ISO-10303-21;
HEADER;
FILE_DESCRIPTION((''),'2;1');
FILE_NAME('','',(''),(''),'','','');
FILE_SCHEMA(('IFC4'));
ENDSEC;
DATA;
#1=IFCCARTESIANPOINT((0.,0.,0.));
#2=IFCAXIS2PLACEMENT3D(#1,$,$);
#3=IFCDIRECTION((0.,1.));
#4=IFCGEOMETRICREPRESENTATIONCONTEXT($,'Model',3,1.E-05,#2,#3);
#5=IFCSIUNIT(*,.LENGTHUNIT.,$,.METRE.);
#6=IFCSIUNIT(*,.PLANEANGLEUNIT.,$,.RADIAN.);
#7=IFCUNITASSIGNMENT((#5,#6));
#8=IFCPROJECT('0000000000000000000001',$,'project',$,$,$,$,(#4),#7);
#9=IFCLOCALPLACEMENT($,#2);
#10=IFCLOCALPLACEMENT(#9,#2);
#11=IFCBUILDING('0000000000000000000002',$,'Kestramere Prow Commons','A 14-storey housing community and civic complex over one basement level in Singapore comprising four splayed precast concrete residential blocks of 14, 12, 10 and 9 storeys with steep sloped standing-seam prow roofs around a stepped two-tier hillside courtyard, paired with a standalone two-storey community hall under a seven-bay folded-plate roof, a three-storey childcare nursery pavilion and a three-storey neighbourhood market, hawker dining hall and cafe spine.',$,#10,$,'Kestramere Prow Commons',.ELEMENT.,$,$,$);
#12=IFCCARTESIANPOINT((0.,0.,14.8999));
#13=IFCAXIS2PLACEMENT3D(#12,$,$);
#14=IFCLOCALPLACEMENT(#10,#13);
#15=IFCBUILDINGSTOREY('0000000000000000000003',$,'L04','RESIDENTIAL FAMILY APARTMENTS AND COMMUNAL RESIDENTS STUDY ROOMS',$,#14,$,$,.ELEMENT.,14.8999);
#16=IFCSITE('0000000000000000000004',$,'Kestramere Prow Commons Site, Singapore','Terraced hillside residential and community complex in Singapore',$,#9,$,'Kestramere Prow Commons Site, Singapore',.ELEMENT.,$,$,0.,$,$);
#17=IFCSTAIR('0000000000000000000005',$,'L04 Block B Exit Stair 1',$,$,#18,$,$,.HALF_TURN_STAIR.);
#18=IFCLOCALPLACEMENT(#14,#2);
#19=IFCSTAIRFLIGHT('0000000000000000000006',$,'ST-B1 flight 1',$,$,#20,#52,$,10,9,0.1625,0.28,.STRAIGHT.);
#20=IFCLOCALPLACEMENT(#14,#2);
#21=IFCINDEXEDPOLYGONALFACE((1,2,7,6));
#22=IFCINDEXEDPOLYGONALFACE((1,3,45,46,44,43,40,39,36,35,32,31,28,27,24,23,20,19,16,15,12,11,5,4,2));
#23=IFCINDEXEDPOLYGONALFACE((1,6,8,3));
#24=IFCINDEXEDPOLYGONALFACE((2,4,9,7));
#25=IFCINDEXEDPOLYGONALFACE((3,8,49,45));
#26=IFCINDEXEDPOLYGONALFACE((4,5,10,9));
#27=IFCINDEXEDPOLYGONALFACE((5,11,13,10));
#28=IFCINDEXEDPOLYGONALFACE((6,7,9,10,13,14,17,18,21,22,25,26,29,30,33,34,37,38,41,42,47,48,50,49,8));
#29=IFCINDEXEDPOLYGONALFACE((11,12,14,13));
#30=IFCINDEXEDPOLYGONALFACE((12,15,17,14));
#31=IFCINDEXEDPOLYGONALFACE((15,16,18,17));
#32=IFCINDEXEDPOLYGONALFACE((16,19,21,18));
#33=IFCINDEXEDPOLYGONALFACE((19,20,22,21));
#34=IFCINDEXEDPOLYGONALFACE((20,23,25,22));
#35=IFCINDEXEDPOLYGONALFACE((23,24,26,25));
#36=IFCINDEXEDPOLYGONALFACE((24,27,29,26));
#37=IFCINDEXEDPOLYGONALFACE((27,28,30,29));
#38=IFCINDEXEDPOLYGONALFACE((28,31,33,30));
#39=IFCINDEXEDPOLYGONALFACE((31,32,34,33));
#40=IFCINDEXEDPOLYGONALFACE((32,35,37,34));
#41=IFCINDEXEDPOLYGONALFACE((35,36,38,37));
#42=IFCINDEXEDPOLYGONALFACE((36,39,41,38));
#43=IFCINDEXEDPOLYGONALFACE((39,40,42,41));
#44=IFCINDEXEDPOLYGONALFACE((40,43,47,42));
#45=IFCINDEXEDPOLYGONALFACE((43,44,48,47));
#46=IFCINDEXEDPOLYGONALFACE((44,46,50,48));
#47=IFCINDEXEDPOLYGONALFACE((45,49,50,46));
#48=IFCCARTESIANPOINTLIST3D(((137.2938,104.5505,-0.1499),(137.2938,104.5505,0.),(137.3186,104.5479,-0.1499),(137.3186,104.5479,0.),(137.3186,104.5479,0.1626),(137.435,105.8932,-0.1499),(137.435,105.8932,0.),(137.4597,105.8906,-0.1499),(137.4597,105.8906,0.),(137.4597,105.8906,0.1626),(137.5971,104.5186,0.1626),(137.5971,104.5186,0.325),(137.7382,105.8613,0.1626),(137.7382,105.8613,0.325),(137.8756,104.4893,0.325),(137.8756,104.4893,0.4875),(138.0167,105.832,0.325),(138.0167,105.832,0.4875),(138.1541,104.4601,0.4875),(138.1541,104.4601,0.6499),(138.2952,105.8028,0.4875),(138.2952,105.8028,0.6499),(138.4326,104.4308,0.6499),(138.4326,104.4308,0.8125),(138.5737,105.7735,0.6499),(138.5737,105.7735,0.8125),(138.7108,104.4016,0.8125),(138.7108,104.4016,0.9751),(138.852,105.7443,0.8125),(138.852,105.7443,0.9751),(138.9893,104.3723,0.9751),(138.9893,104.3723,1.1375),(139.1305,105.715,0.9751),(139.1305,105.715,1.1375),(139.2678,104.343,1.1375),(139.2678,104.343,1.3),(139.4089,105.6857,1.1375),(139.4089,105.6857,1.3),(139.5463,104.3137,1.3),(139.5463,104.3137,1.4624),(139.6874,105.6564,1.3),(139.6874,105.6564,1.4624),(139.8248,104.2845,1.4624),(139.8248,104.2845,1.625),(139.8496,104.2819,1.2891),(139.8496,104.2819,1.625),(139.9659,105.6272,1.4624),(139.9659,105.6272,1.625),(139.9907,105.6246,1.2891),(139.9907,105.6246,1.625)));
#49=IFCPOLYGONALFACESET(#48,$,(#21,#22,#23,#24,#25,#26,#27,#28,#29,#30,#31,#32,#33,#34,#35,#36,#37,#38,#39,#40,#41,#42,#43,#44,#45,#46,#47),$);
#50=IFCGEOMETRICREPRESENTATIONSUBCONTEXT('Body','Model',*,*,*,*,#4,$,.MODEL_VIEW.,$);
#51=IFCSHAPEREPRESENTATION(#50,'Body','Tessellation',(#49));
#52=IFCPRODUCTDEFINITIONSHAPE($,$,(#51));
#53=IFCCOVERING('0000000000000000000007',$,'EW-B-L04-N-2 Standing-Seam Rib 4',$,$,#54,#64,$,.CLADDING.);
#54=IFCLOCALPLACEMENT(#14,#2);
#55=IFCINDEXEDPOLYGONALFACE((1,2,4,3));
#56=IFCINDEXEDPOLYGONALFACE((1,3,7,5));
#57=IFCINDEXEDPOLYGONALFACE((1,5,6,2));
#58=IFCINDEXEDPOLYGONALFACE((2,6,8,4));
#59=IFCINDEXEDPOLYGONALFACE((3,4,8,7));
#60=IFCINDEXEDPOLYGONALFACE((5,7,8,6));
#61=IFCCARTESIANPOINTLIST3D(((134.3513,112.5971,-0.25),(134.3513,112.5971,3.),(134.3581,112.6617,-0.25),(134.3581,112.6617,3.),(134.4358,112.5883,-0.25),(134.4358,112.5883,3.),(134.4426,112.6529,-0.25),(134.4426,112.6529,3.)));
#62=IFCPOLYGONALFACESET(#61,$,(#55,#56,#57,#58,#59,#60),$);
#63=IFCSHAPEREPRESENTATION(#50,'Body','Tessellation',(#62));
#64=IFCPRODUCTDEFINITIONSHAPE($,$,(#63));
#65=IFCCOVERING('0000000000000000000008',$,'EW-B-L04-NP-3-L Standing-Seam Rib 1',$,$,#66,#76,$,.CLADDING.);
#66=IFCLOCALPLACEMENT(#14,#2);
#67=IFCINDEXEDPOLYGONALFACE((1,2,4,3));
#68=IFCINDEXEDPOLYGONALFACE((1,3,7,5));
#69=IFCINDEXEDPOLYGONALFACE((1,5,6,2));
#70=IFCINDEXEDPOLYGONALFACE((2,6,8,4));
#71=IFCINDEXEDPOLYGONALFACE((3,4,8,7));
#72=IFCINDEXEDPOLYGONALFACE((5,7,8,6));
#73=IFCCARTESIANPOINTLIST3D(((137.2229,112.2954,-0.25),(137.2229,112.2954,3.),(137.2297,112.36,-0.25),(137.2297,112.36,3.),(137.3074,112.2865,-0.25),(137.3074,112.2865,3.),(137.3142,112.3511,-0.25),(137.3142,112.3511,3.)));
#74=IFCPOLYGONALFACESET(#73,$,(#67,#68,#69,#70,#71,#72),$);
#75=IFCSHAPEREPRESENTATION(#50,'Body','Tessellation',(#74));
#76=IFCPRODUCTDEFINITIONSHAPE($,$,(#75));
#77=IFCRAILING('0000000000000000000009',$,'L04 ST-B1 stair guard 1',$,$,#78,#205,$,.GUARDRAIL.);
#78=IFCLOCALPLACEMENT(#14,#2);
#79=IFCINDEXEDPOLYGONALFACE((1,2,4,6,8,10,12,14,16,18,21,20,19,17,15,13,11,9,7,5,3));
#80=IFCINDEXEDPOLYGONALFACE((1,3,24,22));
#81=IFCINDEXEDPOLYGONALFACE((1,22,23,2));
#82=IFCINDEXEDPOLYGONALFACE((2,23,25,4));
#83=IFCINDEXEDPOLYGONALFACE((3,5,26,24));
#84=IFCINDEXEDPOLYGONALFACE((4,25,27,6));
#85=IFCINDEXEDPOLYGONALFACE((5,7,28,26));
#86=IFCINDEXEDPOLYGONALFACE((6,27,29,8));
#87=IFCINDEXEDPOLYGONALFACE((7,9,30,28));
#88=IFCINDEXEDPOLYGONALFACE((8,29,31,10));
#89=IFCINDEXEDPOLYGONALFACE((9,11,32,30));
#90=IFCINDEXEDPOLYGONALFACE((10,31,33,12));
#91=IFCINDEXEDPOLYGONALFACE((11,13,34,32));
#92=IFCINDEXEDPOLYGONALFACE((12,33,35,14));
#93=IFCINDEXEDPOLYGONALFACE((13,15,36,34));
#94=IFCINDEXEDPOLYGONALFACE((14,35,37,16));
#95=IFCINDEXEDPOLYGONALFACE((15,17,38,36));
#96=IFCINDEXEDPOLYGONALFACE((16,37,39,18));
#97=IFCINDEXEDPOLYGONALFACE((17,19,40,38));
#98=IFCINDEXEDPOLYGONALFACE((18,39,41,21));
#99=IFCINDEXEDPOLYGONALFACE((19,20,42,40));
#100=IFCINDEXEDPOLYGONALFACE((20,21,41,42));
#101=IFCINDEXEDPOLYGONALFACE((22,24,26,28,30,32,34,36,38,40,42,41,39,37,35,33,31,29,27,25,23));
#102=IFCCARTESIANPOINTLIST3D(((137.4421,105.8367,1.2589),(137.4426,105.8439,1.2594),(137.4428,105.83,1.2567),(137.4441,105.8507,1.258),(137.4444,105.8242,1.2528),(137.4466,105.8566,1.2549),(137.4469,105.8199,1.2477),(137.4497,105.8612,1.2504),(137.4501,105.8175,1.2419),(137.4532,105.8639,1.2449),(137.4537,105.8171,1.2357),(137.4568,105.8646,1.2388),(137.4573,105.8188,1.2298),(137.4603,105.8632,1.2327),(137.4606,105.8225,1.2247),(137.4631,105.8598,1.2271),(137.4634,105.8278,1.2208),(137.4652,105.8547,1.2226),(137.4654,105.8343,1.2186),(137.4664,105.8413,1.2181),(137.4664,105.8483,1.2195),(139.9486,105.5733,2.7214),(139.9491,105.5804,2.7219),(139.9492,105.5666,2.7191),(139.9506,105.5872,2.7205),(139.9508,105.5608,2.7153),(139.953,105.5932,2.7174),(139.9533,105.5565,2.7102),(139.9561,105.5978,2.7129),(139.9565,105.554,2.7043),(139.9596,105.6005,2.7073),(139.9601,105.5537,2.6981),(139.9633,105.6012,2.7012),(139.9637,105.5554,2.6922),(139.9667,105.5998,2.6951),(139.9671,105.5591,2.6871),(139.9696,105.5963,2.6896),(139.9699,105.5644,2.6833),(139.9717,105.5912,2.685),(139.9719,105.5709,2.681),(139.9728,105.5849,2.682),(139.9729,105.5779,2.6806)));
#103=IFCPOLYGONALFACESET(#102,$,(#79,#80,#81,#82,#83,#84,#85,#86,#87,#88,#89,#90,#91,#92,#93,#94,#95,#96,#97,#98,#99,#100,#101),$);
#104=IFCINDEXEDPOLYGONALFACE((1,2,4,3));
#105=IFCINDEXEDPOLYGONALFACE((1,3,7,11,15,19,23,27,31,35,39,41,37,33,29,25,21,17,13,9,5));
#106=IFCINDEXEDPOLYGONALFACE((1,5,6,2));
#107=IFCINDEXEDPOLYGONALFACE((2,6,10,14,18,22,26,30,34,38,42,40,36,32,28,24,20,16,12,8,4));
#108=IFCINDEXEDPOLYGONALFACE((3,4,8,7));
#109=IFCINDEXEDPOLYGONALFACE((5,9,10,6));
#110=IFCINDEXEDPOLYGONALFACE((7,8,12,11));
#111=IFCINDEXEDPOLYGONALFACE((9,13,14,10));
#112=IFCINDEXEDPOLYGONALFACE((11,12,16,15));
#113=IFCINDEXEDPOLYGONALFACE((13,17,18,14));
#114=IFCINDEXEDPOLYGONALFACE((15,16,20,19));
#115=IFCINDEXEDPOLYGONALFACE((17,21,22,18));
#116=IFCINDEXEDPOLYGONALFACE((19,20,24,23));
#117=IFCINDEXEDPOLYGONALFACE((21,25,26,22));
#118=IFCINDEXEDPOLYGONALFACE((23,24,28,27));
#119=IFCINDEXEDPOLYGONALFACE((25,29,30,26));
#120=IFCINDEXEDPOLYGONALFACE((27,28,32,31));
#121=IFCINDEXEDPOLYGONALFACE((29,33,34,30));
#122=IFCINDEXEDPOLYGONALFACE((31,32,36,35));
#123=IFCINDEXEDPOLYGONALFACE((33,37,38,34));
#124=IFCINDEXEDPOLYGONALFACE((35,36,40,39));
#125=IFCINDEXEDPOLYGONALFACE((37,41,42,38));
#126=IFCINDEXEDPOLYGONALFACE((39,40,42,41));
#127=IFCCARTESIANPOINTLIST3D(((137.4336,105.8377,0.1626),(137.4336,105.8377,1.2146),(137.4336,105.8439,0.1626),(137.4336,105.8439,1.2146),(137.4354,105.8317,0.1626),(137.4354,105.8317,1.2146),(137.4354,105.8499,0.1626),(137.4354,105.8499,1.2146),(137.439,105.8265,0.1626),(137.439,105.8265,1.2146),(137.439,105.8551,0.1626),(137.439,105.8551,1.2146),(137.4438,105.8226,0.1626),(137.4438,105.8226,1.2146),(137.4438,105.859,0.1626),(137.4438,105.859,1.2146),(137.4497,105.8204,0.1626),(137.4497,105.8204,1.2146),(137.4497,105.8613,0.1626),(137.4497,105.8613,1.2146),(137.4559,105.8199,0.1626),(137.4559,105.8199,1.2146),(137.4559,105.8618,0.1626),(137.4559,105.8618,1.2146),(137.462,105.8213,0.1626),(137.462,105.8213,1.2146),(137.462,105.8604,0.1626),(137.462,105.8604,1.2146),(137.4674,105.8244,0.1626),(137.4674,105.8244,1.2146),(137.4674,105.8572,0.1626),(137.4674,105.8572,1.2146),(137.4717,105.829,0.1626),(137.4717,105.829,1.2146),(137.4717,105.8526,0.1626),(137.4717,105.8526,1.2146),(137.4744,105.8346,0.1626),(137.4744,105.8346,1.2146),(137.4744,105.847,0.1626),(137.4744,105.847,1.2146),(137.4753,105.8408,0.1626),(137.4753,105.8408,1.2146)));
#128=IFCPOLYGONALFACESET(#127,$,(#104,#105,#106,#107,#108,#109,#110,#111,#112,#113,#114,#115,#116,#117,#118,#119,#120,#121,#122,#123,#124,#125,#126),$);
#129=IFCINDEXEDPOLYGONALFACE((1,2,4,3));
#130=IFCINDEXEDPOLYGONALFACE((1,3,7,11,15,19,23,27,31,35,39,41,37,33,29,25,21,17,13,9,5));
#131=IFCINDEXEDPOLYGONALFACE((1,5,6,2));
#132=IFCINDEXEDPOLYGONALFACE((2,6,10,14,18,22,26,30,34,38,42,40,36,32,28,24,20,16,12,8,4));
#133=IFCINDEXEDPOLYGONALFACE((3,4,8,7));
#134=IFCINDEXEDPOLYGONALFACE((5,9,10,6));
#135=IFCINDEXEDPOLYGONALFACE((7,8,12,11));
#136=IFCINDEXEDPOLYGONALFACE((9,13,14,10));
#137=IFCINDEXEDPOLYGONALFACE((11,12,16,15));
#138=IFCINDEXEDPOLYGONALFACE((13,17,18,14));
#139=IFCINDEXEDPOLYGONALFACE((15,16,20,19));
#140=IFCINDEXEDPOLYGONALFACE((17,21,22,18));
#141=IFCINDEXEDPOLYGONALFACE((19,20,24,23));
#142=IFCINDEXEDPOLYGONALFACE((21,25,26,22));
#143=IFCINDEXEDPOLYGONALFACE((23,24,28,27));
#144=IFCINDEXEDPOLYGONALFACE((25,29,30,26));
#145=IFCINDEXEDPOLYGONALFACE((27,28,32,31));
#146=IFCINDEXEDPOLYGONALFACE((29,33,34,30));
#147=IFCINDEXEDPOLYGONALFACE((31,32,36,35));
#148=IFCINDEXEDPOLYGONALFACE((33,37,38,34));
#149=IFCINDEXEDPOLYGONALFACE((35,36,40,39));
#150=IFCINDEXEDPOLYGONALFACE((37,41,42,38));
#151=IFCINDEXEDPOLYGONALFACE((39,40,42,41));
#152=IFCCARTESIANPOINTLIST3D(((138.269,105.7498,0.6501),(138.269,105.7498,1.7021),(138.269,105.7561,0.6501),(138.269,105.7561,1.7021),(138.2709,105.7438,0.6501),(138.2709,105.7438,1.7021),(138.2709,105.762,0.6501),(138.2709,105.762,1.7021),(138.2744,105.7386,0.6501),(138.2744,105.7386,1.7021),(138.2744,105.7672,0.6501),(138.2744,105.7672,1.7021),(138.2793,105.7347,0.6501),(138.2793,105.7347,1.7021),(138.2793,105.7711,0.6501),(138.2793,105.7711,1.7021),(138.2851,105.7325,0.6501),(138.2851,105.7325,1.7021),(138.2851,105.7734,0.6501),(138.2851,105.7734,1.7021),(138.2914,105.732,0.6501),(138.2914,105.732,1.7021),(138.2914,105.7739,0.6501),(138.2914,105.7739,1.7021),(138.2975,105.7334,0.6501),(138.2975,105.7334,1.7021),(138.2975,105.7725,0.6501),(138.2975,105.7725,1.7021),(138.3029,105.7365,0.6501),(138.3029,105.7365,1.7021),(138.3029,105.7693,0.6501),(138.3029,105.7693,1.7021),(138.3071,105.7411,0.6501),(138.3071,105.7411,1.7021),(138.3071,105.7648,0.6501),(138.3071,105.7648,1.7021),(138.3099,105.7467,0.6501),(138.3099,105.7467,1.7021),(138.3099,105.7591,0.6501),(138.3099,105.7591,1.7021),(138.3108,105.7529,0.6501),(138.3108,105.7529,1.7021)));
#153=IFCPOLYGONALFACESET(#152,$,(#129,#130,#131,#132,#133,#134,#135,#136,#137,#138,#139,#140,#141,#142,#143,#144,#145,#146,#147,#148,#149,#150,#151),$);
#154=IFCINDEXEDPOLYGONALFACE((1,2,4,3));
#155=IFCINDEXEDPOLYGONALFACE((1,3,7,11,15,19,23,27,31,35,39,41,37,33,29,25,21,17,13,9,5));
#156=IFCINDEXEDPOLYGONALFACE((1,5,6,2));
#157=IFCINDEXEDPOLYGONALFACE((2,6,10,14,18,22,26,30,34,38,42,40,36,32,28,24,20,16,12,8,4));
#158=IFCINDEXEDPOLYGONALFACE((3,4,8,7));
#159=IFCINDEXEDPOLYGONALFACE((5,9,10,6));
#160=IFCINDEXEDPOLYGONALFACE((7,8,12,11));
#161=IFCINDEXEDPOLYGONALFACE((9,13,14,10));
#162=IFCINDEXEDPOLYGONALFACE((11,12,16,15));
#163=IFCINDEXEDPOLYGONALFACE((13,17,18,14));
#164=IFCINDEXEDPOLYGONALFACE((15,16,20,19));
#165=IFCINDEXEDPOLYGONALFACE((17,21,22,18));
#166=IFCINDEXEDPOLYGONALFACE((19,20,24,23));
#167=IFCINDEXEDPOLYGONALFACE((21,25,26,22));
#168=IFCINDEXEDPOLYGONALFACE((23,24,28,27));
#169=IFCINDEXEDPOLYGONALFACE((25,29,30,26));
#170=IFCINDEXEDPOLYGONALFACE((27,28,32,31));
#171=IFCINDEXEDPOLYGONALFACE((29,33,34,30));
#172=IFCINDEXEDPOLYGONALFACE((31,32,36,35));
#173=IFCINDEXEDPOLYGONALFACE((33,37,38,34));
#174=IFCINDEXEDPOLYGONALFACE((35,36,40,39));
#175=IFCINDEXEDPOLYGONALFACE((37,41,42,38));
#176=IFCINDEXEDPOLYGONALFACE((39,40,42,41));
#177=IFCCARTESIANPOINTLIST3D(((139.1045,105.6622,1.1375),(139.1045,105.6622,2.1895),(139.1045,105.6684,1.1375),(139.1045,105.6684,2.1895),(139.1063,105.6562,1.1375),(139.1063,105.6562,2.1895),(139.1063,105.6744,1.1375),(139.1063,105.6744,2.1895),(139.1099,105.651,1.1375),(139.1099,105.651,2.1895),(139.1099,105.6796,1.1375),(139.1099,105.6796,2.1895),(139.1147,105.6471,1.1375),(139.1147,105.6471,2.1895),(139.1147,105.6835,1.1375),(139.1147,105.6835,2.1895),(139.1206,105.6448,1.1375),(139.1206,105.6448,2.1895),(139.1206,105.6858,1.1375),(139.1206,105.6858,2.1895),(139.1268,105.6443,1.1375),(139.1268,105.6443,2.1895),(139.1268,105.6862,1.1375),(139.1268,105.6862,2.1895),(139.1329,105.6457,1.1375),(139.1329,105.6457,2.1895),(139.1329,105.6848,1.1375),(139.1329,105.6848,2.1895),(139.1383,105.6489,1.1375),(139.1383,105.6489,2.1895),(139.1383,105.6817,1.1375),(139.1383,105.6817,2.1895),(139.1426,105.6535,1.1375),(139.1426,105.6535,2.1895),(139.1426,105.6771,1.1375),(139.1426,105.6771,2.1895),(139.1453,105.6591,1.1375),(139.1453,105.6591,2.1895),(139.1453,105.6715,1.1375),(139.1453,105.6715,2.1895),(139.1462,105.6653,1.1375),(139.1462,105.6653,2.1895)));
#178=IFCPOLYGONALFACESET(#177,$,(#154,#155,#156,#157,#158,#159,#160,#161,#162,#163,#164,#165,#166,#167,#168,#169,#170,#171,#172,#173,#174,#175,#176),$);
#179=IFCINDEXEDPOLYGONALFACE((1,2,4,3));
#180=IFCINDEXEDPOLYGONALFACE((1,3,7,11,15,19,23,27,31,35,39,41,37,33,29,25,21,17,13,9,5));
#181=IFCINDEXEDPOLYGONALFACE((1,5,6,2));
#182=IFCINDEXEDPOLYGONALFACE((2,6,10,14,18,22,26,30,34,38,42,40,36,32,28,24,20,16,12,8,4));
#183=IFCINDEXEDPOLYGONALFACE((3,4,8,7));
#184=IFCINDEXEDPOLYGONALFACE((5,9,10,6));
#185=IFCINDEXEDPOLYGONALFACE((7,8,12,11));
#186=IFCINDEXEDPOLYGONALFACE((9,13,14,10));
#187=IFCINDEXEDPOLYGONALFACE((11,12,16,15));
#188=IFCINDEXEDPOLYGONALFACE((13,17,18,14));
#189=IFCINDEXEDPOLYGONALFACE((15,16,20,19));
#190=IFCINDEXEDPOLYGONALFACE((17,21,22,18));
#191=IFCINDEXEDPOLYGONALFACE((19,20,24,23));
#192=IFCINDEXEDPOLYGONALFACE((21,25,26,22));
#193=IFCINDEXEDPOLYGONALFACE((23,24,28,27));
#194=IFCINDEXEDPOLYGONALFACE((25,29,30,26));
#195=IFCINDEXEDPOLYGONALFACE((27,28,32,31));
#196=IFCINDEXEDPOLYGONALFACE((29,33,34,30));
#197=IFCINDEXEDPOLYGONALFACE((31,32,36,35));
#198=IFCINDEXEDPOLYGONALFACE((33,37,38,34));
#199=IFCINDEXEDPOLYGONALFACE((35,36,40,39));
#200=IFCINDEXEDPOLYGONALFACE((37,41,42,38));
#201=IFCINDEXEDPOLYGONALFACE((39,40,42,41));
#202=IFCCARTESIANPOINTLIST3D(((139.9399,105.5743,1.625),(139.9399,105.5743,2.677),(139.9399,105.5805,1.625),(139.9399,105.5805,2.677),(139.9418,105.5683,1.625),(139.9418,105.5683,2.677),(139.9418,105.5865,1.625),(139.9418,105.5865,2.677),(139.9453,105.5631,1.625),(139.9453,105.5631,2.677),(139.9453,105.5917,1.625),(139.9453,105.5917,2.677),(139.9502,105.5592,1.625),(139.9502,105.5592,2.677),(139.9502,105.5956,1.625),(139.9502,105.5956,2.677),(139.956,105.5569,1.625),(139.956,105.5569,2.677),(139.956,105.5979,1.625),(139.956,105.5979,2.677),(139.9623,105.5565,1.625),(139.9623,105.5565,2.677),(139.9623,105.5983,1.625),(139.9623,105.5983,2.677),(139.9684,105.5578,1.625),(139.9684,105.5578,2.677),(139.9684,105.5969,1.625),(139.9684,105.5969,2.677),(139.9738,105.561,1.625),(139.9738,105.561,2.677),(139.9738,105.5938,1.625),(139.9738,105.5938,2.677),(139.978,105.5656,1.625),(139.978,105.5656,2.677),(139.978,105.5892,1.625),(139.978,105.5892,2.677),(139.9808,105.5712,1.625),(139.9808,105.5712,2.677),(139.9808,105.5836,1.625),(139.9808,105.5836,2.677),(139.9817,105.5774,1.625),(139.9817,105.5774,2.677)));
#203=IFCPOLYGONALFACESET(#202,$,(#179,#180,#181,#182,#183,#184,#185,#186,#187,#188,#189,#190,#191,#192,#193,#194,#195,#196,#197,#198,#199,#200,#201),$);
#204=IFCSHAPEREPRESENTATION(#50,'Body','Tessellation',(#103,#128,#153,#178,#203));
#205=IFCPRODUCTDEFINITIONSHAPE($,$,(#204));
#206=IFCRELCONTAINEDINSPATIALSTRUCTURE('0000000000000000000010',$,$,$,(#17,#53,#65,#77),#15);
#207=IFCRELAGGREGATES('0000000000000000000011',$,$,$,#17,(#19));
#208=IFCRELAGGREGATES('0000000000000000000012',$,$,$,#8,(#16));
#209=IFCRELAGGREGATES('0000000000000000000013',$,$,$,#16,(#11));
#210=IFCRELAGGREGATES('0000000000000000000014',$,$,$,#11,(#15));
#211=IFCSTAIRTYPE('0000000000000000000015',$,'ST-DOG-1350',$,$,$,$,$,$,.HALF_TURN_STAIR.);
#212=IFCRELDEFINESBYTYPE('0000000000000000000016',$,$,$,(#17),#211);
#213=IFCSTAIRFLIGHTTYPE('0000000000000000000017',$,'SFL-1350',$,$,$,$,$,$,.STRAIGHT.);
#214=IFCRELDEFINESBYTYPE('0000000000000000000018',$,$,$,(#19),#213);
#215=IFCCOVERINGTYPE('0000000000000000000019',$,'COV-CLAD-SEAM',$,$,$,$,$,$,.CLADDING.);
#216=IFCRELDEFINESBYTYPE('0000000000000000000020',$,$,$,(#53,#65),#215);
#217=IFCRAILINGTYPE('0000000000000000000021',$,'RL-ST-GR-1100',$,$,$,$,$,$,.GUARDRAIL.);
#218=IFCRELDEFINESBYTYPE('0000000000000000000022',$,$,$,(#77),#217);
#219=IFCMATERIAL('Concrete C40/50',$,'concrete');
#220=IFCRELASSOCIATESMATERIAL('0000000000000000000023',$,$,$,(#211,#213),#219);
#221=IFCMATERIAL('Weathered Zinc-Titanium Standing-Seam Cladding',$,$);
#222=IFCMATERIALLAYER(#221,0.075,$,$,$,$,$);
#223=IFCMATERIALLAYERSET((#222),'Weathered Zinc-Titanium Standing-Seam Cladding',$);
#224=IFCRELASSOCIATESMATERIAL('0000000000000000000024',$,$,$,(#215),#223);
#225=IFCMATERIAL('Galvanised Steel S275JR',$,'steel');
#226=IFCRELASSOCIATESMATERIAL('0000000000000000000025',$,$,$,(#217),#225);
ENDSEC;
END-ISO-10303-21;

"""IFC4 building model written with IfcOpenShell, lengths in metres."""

from ifc_helpers import new_model, si_unit, direction, frame, origin, origin_2d, place, context, subcontext, project, spatial, polyline, rectangle, circle, outline, extrude, material, layer, layer_set, type_object, element, aggregate, save


model = new_model("IFC4")

# Units and contexts
model_context = context("Model", 3, precision=1e-05, world=origin(), true_north=direction((0.0, 1.0)))
body_context = subcontext(model_context, "Body", "Model", "MODEL_VIEW")
ifc_project = project(units=[si_unit("LENGTHUNIT", "METRE"), si_unit("PLANEANGLEUNIT", "RADIAN")], contexts=[model_context])

# Site, building, storey
site_placement = place(None, origin())
site = spatial("IfcSite", under=ifc_project, at=site_placement, Name="Kestramere Prow Commons Site, Singapore", Description="Terraced hillside residential and community complex in Singapore", LongName="Kestramere Prow Commons Site, Singapore", CompositionType="ELEMENT", RefElevation=0.0)
building_placement = place(site_placement, origin())
building = spatial("IfcBuilding", under=site, at=building_placement, Name="Kestramere Prow Commons", Description="A 14-storey housing community and civic complex over one basement level in Singapore comprising four splayed precast concrete residential blocks of 14, 12, 10 and 9 storeys with steep sloped standing-seam prow roofs around a stepped two-tier hillside courtyard, paired with a standalone two-storey community hall under a seven-bay folded-plate roof, a three-storey childcare nursery pavilion and a three-storey neighbourhood market, hawker dining hall and cafe spine.", LongName="Kestramere Prow Commons", CompositionType="ELEMENT")
storey_placement = place(building_placement, frame((0.0, 0.0, 14.8999)))
storey = spatial("IfcBuildingStorey", under=building, at=storey_placement, Name="L04", Description="RESIDENTIAL FAMILY APARTMENTS AND COMMUNAL RESIDENTS STUDY ROOMS", CompositionType="ELEMENT", Elevation=14.8999)

# Shared definitions
ifc_material_1 = material(Name="Concrete C40/50", Category="concrete")

# Stair, stair flight
stair_type = type_object("IfcStairType", Name="ST-DOG-1350", PredefinedType="HALF_TURN_STAIR", material=ifc_material_1)
stair_placement = place(storey_placement, origin())
stair = element("IfcStair", 1, at=stair_placement, inside=storey, type_object=stair_type, Name="L04 Block B Exit Stair 1", PredefinedType="HALF_TURN_STAIR")
stair_flight_type = type_object("IfcStairFlightType", Name="SFL-1350", PredefinedType="STRAIGHT", material=ifc_material_1)
stair_flight_placement = place(storey_placement, frame((137.3892, 105.2192, 0.0), z_axis=(0.0, 0.0, 1.0), x_axis=(0.994522, -0.104528, 0.0)))
stair_flight = element("IfcStairFlight", 2, at=stair_flight_placement, type_object=stair_flight_type, Name="ST-B1 flight 1", NumberOfRisers=10, NumberOfTreads=9, PredefinedType="STRAIGHT", RiserHeight=0.1625, TreadLength=0.28, context=body_context, shape_type="SweptSolid", body=[
    extrude(outline(polyline([(-0.0249, 0.0), (0.0, 0.0), (0.0, 0.1626), (0.28, 0.1626), (0.28, 0.325), (0.5601, 0.325), (0.5601, 0.4875), (0.8401, 0.4875), (0.8401, 0.6499), (1.1201, 0.6499), (1.1201, 0.8125), (1.3999, 0.8125), (1.3999, 0.9751), (1.6799, 0.9751), (1.6799, 1.1375), (1.96, 1.1375), (1.96, 1.3), (2.24, 1.3), (2.24, 1.4624), (2.52, 1.4624), (2.52, 1.625), (2.5449, 1.625), (2.5449, 1.2891), (0.0, -0.1499), (-0.0249, -0.1499), (-0.0249, 0.0)])), frame((0.0, 0.675, 0.0), z_axis=(0.0, -1.0, 0.0), x_axis=(1.0, 0.0, 0.0)), (0.0, 0.0, 1.0), 1.3501),
])
aggregate(stair, [stair_flight])

# Coverings
ifc_material_2 = material(Name="Weathered Zinc-Titanium Standing-Seam Cladding")
ifc_layer_1 = layer(ifc_material_2, 0.075)
ifc_layer_set_1 = layer_set([ifc_layer_1], Name="Weathered Zinc-Titanium Standing-Seam Cladding")
covering_type = type_object("IfcCoveringType", Name="COV-CLAD-SEAM", PredefinedType="CLADDING", material=ifc_layer_set_1)
for number, where, z_axis, x_axis, name in (
    (3, (134.397, 112.625, -0.25), (0.0, 0.0, 1.0), (0.994522, -0.104528, 0.0), "EW-B-L04-N-2 Standing-Seam Rib 4"),
    (4, (137.2686, 112.3232, -0.25), (0.0, 0.0, 1.0), (0.994522, -0.104528, 0.0), "EW-B-L04-NP-3-L Standing-Seam Rib 1"),
):
    element("IfcCovering", number, at=place(storey_placement, frame(where, z_axis=z_axis, x_axis=x_axis)), inside=storey, type_object=covering_type, Name=name, PredefinedType="CLADDING", context=body_context, shape_type="SweptSolid", body=[
        extrude(rectangle(XDim=0.085, YDim=0.0649, at=origin_2d()), origin(), (0.0, 0.0, 1.0), 3.25),
    ])

# Railing
ifc_material_3 = material(Name="Galvanised Steel S275JR", Category="steel")
railing_type_1 = type_object("IfcRailingType", Name="RL-ST-GR-1100", PredefinedType="GUARDRAIL", material=ifc_material_3)
railing_1_placement = place(storey_placement, frame((137.4543, 105.8408, 0.1626)))
element("IfcRailing", 5, at=railing_1_placement, inside=storey, type_object=railing_type_1, Name="L04 ST-B1 stair guard 1", PredefinedType="GUARDRAIL", context=body_context, shape_type="SweptSolid", body=[
    extrude(circle(Radius=0.0239, at=origin_2d()), frame((0.0, 0.0, 1.0762), z_axis=(0.860187, -0.090409, 0.501901), x_axis=(0.104528, 0.994522, 0.0)), (0.0, 0.0, 1.0), 2.9138),
    extrude(circle(Radius=0.021, at=origin_2d()), origin(), (0.0, 0.0, 1.0), 1.052),
    extrude(circle(Radius=0.021, at=origin_2d()), frame((0.8354, -0.0879, 0.4875)), (0.0, 0.0, 1.0), 1.052),
    extrude(circle(Radius=0.021, at=origin_2d()), frame((1.6709, -0.1755, 0.9749)), (0.0, 0.0, 1.0), 1.052),
    extrude(circle(Radius=0.021, at=origin_2d()), frame((2.5063, -0.2634, 1.4624)), (0.0, 0.0, 1.0), 1.052),
])

save(model, "model.ifc")
